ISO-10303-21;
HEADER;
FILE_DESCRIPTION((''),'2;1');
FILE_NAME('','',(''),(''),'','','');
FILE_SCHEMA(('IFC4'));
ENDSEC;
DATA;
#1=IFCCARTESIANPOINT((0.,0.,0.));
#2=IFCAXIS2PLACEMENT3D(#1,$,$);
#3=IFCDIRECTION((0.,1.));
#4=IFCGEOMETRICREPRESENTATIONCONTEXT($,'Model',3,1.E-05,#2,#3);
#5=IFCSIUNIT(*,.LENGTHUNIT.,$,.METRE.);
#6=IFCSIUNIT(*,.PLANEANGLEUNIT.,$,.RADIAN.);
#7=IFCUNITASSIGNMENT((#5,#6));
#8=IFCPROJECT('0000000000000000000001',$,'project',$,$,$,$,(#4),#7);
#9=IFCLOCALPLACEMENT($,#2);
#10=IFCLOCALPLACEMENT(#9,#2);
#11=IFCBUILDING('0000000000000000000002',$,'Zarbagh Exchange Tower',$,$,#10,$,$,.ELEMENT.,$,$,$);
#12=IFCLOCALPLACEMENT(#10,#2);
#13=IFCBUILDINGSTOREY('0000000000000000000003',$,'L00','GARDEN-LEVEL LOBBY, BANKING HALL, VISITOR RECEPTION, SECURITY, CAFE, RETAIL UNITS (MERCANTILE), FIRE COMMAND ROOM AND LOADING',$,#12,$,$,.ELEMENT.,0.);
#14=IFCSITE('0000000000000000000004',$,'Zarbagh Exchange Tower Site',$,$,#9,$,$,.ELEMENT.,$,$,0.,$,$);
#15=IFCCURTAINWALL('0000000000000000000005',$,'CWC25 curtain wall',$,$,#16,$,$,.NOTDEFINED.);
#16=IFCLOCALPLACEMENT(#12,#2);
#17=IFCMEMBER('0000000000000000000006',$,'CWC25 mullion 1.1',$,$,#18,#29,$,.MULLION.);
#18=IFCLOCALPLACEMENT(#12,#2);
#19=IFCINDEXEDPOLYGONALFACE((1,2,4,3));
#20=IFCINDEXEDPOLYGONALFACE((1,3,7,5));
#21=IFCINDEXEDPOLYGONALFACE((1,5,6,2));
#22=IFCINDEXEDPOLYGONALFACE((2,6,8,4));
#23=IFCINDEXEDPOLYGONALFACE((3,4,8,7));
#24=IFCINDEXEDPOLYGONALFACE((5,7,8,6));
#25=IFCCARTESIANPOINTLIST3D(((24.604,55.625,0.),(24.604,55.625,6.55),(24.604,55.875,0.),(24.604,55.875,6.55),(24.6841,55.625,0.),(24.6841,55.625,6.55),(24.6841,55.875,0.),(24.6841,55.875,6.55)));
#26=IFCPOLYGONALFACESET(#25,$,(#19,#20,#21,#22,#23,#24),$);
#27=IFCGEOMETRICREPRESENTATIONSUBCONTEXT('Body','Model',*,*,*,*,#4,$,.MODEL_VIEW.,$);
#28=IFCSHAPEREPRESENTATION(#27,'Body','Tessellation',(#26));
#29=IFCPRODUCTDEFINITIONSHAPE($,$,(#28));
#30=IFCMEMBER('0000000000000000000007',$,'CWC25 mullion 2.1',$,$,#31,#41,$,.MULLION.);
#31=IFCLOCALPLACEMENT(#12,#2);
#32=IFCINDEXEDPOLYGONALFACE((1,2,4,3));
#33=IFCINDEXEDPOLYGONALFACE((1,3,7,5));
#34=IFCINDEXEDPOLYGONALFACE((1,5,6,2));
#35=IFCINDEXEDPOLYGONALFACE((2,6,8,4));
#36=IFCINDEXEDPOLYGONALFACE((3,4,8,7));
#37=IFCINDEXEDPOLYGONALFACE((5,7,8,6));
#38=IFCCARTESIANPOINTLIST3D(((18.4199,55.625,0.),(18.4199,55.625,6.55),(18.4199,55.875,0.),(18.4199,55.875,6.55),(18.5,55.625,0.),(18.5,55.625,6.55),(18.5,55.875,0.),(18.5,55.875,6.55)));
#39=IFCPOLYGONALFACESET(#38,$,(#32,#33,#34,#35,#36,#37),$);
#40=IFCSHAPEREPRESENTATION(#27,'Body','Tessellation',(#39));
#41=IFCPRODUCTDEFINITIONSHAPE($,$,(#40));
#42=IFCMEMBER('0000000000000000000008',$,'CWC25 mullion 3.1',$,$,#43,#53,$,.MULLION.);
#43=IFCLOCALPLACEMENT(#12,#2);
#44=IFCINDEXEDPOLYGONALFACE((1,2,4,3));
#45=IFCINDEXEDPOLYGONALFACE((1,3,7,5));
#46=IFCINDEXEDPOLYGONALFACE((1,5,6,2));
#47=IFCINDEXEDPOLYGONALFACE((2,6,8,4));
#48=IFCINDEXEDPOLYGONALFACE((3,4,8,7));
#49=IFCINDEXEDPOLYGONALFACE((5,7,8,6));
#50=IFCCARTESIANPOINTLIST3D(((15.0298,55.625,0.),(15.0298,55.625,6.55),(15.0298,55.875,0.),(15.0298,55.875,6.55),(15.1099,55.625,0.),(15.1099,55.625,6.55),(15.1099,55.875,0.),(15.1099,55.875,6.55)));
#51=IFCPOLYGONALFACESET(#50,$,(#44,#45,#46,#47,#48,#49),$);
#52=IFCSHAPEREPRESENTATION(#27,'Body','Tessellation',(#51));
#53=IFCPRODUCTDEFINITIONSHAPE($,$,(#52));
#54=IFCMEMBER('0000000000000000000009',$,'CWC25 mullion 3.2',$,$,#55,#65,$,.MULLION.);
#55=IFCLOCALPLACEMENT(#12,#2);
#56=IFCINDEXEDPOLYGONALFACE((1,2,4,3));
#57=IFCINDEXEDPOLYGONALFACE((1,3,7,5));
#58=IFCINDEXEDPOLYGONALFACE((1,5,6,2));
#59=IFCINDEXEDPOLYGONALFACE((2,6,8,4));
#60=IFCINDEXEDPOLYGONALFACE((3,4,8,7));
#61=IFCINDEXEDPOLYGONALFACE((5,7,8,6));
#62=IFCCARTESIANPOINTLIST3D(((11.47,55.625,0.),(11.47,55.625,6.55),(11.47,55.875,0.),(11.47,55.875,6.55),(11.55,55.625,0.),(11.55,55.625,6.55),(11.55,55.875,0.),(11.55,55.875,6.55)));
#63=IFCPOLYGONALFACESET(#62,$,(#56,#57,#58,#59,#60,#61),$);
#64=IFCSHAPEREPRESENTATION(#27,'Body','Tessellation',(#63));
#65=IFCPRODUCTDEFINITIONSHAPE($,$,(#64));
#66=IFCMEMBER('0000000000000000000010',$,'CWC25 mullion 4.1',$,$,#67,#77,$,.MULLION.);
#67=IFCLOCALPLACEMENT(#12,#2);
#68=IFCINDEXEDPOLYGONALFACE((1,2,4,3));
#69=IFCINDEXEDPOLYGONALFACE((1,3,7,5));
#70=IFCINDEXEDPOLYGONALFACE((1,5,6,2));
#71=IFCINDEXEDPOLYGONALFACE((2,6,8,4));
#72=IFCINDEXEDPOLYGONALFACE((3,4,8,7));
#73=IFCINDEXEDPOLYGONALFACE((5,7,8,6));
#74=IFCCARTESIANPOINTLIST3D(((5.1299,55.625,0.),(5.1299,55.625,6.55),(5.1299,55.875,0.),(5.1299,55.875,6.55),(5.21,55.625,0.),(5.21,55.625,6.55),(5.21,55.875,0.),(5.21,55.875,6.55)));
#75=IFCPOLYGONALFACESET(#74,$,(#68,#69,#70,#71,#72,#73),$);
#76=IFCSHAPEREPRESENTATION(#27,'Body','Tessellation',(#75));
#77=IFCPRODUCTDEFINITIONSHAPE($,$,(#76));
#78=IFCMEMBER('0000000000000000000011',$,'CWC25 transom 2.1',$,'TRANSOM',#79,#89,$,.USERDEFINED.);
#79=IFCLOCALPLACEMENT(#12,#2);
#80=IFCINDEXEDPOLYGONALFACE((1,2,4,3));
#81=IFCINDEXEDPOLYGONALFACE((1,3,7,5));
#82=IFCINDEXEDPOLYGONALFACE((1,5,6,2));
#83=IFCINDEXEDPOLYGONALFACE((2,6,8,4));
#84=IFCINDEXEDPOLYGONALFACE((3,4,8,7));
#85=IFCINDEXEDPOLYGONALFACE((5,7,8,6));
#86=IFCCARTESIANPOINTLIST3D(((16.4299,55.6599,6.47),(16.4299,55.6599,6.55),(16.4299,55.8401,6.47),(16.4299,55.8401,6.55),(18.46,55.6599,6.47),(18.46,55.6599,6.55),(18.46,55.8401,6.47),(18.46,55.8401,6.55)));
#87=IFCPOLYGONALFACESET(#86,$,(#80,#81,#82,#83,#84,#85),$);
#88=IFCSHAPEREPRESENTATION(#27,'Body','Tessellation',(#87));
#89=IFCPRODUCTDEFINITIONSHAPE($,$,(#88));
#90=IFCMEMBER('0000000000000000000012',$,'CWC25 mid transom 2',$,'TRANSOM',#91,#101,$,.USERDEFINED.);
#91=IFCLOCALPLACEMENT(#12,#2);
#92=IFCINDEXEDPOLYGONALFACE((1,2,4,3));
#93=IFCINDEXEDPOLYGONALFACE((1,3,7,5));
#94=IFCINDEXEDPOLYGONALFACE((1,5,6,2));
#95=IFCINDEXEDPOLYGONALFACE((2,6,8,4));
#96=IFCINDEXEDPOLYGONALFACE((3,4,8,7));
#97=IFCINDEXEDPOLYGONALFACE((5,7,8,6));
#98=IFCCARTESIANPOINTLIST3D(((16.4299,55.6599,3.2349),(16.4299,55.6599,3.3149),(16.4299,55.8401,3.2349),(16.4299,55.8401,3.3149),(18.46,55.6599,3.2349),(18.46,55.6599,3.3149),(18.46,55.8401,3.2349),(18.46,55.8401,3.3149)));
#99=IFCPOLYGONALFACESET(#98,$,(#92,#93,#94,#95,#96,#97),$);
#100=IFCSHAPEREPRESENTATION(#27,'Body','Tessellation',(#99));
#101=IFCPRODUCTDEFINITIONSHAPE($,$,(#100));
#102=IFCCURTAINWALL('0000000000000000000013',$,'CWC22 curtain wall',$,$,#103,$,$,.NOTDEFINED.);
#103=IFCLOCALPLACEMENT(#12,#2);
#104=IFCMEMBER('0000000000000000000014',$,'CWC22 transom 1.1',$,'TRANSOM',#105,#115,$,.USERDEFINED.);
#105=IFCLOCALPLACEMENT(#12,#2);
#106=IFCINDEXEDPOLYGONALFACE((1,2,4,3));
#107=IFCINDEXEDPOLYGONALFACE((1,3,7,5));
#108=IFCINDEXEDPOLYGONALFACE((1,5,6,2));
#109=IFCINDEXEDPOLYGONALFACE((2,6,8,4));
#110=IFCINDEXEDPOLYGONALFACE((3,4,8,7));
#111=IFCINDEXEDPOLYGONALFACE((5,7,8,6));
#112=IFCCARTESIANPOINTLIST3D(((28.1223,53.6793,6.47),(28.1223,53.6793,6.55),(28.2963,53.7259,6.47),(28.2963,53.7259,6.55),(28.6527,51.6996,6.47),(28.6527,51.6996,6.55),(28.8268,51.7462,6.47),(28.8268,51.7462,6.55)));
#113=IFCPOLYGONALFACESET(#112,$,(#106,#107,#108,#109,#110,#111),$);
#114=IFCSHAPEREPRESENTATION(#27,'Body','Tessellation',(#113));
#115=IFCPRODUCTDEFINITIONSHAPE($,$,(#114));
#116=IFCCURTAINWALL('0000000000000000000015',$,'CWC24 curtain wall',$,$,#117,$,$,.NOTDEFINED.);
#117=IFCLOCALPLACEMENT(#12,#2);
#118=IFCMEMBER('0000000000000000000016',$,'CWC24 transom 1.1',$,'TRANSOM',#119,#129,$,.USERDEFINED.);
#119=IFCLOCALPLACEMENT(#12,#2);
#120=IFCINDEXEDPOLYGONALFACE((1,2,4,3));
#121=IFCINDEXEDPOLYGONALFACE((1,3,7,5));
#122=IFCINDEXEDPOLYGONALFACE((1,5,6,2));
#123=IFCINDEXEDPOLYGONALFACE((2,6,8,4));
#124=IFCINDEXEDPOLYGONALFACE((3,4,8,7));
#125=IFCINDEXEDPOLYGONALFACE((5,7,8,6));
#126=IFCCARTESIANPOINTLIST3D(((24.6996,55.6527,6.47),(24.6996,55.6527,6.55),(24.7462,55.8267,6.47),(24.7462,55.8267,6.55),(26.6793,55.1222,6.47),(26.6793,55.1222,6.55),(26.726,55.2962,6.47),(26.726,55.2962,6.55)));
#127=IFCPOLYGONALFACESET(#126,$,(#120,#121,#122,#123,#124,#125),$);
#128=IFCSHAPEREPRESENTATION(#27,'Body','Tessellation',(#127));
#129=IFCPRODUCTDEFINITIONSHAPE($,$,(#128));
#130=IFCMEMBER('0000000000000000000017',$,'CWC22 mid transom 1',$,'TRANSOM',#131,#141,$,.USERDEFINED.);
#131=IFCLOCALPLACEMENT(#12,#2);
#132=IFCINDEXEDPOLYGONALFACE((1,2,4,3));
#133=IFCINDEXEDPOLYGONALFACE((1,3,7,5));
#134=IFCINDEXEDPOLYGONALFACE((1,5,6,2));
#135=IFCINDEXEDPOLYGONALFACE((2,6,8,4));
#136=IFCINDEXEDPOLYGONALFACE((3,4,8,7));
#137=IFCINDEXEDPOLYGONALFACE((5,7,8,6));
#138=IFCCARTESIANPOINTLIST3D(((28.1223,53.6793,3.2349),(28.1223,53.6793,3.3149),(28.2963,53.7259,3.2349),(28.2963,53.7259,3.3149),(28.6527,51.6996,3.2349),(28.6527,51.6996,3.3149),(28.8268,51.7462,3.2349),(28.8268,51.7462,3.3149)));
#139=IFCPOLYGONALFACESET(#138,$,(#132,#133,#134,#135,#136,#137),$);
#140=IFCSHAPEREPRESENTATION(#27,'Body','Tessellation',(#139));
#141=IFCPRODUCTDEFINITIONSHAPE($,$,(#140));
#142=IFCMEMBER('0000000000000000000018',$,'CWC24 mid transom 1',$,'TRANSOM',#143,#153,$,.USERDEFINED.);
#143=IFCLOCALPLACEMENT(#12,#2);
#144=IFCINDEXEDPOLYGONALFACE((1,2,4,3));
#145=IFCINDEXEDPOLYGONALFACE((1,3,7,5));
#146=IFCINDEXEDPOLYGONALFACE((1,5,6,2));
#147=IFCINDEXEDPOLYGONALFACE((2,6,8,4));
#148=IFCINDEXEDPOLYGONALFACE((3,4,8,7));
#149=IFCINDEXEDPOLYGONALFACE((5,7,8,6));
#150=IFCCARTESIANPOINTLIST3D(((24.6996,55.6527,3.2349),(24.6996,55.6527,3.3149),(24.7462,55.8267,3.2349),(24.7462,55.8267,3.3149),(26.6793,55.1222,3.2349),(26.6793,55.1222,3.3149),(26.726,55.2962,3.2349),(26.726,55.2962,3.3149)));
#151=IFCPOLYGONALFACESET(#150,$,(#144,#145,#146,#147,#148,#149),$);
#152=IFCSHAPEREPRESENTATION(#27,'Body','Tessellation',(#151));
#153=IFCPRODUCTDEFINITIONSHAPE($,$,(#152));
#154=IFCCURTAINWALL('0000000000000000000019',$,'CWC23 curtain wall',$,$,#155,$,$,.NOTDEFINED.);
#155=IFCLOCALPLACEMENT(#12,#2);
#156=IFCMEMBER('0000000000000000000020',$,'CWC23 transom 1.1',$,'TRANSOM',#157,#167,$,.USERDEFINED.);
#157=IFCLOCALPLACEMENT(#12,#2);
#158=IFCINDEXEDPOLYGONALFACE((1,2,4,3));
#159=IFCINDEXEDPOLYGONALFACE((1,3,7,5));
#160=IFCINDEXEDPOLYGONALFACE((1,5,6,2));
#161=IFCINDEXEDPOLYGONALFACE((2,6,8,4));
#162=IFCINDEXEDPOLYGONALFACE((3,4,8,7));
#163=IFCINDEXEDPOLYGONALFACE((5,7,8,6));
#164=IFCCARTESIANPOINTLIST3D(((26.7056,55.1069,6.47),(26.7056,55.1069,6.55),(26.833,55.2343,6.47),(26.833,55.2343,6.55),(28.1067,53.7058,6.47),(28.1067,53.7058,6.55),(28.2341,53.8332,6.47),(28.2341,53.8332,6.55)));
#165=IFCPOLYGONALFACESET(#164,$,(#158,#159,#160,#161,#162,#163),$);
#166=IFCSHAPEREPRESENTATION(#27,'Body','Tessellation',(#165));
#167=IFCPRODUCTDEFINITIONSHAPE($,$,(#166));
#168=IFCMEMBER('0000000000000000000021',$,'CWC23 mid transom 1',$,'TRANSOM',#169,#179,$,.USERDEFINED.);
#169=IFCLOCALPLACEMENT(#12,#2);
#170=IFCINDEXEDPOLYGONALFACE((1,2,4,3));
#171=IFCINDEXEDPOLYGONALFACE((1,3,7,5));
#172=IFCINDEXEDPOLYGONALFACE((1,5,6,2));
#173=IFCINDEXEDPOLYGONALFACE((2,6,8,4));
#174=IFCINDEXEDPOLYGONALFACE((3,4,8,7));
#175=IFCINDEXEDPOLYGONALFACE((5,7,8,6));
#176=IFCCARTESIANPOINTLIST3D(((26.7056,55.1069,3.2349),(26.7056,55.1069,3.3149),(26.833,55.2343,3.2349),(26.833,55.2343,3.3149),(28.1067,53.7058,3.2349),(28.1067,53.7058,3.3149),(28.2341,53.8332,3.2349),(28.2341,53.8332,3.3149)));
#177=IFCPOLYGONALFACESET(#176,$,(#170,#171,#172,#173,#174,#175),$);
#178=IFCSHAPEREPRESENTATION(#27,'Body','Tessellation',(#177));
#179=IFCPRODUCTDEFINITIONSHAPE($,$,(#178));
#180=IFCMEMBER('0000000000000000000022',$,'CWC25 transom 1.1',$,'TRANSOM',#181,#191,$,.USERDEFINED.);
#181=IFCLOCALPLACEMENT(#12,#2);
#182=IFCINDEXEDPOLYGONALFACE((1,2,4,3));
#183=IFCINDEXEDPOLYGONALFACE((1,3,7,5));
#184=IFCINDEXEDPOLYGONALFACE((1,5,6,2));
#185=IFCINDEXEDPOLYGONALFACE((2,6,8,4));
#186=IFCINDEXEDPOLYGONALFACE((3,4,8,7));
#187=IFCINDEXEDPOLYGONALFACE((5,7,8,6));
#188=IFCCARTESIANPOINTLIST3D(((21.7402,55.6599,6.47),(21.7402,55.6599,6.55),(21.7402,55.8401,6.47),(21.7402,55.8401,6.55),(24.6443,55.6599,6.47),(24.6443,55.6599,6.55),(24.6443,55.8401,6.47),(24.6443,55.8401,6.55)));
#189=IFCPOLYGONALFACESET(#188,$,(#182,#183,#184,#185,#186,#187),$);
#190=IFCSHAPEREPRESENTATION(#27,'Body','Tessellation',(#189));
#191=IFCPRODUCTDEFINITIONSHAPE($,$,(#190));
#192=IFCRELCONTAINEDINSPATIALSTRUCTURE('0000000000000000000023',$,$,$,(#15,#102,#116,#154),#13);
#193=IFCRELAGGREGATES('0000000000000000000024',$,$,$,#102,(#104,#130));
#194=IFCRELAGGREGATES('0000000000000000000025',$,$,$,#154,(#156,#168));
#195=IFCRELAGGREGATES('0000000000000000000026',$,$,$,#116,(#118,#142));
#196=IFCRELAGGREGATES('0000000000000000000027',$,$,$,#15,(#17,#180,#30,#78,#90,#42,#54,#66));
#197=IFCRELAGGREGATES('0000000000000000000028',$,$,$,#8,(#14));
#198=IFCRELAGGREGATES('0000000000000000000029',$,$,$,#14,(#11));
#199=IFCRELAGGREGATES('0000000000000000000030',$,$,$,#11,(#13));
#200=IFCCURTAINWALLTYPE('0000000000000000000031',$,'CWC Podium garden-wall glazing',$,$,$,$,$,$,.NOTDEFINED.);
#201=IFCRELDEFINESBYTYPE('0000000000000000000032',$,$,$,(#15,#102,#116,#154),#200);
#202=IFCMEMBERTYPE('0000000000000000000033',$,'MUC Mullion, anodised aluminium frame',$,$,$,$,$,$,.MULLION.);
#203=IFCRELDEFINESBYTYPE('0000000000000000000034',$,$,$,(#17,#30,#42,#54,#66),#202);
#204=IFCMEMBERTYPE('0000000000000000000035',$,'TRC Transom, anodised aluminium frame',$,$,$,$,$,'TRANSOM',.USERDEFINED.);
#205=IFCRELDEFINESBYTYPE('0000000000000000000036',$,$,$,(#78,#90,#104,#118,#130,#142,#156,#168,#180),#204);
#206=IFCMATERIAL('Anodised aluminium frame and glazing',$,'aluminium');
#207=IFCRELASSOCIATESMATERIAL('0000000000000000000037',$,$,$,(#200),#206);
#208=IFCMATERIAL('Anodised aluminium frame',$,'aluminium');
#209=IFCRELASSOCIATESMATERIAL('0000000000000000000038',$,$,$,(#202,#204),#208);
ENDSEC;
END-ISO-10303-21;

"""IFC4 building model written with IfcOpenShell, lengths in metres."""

from ifc_helpers import new_model, si_unit, direction, origin, place, context, subcontext, project, spatial, polyline, outline, extrude, source, transform, mapped, material, type_object, element, aggregate, save


model = new_model("IFC4")

# Units and contexts
model_context = context("Model", 3, precision=1e-05, world=origin(), true_north=direction((0.0, 1.0)))
body_context = subcontext(model_context, "Body", "Model", "MODEL_VIEW")
ifc_project = project(units=[si_unit("LENGTHUNIT", "METRE"), si_unit("PLANEANGLEUNIT", "RADIAN")], contexts=[model_context])

# Site, building, storey
site_placement = place(None, origin())
site = spatial("IfcSite", under=ifc_project, at=site_placement, Name="Zarbagh Exchange Tower Site", CompositionType="ELEMENT", RefElevation=0.0)
building_placement = place(site_placement, origin())
building = spatial("IfcBuilding", under=site, at=building_placement, Name="Zarbagh Exchange Tower", CompositionType="ELEMENT")
storey_placement = place(building_placement, origin())
storey = spatial("IfcBuildingStorey", under=building, at=storey_placement, Name="L00", Description="GARDEN-LEVEL LOBBY, BANKING HALL, VISITOR RECEPTION, SECURITY, CAFE, RETAIL UNITS (MERCANTILE), FIRE COMMAND ROOM AND LOADING", CompositionType="ELEMENT", Elevation=0.0)

# Curtain wall, members
ifc_material_1 = material(Name="Anodised aluminium frame and glazing", Category="aluminium")
curtain_wall_type = type_object("IfcCurtainWallType", Name="CWC Podium garden-wall glazing", PredefinedType="NOTDEFINED", material=ifc_material_1)
curtain_wall_1_placement = place(storey_placement, origin())
curtain_wall_1 = element("IfcCurtainWall", 1, at=curtain_wall_1_placement, inside=storey, type_object=curtain_wall_type, Name="CWC25 curtain wall", PredefinedType="NOTDEFINED")
ifc_material_2 = material(Name="Anodised aluminium frame", Category="aluminium")
member_type_1 = type_object("IfcMemberType", Name="MUC Mullion, anodised aluminium frame", PredefinedType="MULLION", material=ifc_material_2)
shared_shape_1 = source(origin(), body_context, "Body", "SweptSolid", [
    extrude(outline(polyline([(0.0, -0.125), (0.0801, -0.125), (0.0801, 0.125), (0.0, 0.125), (0.0, -0.125)])), origin(), (0.0, 0.0, 1.0), 6.55),
])
placement = place(storey_placement, origin())
member_1 = element("IfcMember", 2, at=placement, type_object=member_type_1, Name="CWC25 mullion 1.1", PredefinedType="MULLION", context=body_context, shape_type="MappedRepresentation", body=[
    mapped(shared_shape_1, transform((24.6841, 55.75, 0.0), x_axis=(-1.0, 0.0, 0.0), y_axis=(0.0, -1.0, 0.0), z_axis=(0.0, 0.0, 1.0))),
])
member_2 = element("IfcMember", 3, at=placement, type_object=member_type_1, Name="CWC25 mullion 2.1", PredefinedType="MULLION", context=body_context, shape_type="MappedRepresentation", body=[
    mapped(shared_shape_1, transform((18.5, 55.75, 0.0), x_axis=(-1.0, 0.0, 0.0), y_axis=(0.0, -1.0, 0.0), z_axis=(0.0, 0.0, 1.0))),
])
member_3 = element("IfcMember", 4, at=placement, type_object=member_type_1, Name="CWC25 mullion 3.1", PredefinedType="MULLION", context=body_context, shape_type="MappedRepresentation", body=[
    mapped(shared_shape_1, transform((15.1099, 55.75, 0.0), x_axis=(-1.0, 0.0, 0.0), y_axis=(0.0, -1.0, 0.0), z_axis=(0.0, 0.0, 1.0))),
])
member_4 = element("IfcMember", 5, at=placement, type_object=member_type_1, Name="CWC25 mullion 3.2", PredefinedType="MULLION", context=body_context, shape_type="MappedRepresentation", body=[
    mapped(shared_shape_1, transform((11.55, 55.75, 0.0), x_axis=(-1.0, 0.0, 0.0), y_axis=(0.0, -1.0, 0.0), z_axis=(0.0, 0.0, 1.0))),
])
member_5 = element("IfcMember", 6, at=placement, type_object=member_type_1, Name="CWC25 mullion 4.1", PredefinedType="MULLION", context=body_context, shape_type="MappedRepresentation", body=[
    mapped(shared_shape_1, transform((5.21, 55.75, 0.0), x_axis=(-1.0, 0.0, 0.0), y_axis=(0.0, -1.0, 0.0), z_axis=(0.0, 0.0, 1.0))),
])
member_type_2 = type_object("IfcMemberType", Name="TRC Transom, anodised aluminium frame", ElementType="TRANSOM", PredefinedType="USERDEFINED", material=ifc_material_2)
shared_shape_2 = source(origin(), body_context, "Body", "SweptSolid", [
    extrude(outline(polyline([(-0.0801, -0.0901), (0.0, -0.0901), (0.0, 0.0901), (-0.0801, 0.0901), (-0.0801, -0.0901)])), origin(), (0.0, 0.0, 1.0), 2.03),
])
member_6 = element("IfcMember", 7, at=placement, type_object=member_type_2, Name="CWC25 transom 2.1", ObjectType="TRANSOM", PredefinedType="USERDEFINED", context=body_context, shape_type="MappedRepresentation", body=[
    mapped(shared_shape_2, transform((18.46, 55.75, 6.55), x_axis=(0.0, 0.0, 1.0), y_axis=(0.0, 1.0, 0.0), z_axis=(-1.0, 0.0, 0.0))),
])
shared_shape_3 = source(origin(), body_context, "Body", "SweptSolid", [
    extrude(outline(polyline([(-0.04, -0.0901), (0.04, -0.0901), (0.04, 0.0901), (-0.04, 0.0901), (-0.04, -0.0901)])), origin(), (0.0, 0.0, 1.0), 2.03),
])
member_7 = element("IfcMember", 8, at=placement, type_object=member_type_2, Name="CWC25 mid transom 2", ObjectType="TRANSOM", PredefinedType="USERDEFINED", context=body_context, shape_type="MappedRepresentation", body=[
    mapped(shared_shape_3, transform((18.46, 55.75, 3.2749), x_axis=(0.0, 0.0, 1.0), y_axis=(0.0, 1.0, 0.0), z_axis=(-1.0, 0.0, 0.0))),
])

# Curtain walls, members
curtain_wall_2_placement = place(storey_placement, origin())
curtain_wall_2 = element("IfcCurtainWall", 9, at=curtain_wall_2_placement, inside=storey, type_object=curtain_wall_type, Name="CWC22 curtain wall", PredefinedType="NOTDEFINED")
shared_shape_4 = source(origin(), body_context, "Body", "SweptSolid", [
    extrude(outline(polyline([(-0.0801, -0.0901), (0.0, -0.0901), (0.0, 0.0901), (-0.0801, 0.0901), (-0.0801, -0.0901)])), origin(), (0.0, 0.0, 1.0), 2.0496),
])
member_8 = element("IfcMember", 10, at=placement, type_object=member_type_2, Name="CWC22 transom 1.1", ObjectType="TRANSOM", PredefinedType="USERDEFINED", context=body_context, shape_type="MappedRepresentation", body=[
    mapped(shared_shape_4, transform((28.7397, 51.7229, 6.55), x_axis=(0.0, 0.0, 1.0), y_axis=(0.965924, 0.258825, 0.0), z_axis=(-0.258825, 0.965924, 0.0))),
])
curtain_wall_3_placement = place(storey_placement, origin())
curtain_wall_3 = element("IfcCurtainWall", 11, at=curtain_wall_3_placement, inside=storey, type_object=curtain_wall_type, Name="CWC24 curtain wall", PredefinedType="NOTDEFINED")
member_9 = element("IfcMember", 12, at=placement, type_object=member_type_2, Name="CWC24 transom 1.1", ObjectType="TRANSOM", PredefinedType="USERDEFINED", context=body_context, shape_type="MappedRepresentation", body=[
    mapped(shared_shape_4, transform((26.7026, 55.2092, 6.55), x_axis=(0.0, 0.0, 1.0), y_axis=(0.258825, 0.965924, 0.0), z_axis=(-0.965924, 0.258825, 0.0))),
])

# Members
shared_shape_5 = source(origin(), body_context, "Body", "SweptSolid", [
    extrude(outline(polyline([(-0.04, -0.0901), (0.04, -0.0901), (0.04, 0.0901), (-0.04, 0.0901), (-0.04, -0.0901)])), origin(), (0.0, 0.0, 1.0), 2.0496),
])
member_10 = element("IfcMember", 13, at=placement, type_object=member_type_2, Name="CWC22 mid transom 1", ObjectType="TRANSOM", PredefinedType="USERDEFINED", context=body_context, shape_type="MappedRepresentation", body=[
    mapped(shared_shape_5, transform((28.7397, 51.7229, 3.2749), x_axis=(0.0, 0.0, 1.0), y_axis=(0.965924, 0.258825, 0.0), z_axis=(-0.258825, 0.965924, 0.0))),
])
member_11 = element("IfcMember", 14, at=placement, type_object=member_type_2, Name="CWC24 mid transom 1", ObjectType="TRANSOM", PredefinedType="USERDEFINED", context=body_context, shape_type="MappedRepresentation", body=[
    mapped(shared_shape_5, transform((26.7026, 55.2092, 3.2749), x_axis=(0.0, 0.0, 1.0), y_axis=(0.258825, 0.965924, 0.0), z_axis=(-0.965924, 0.258825, 0.0))),
])

# Curtain wall, members
curtain_wall_4_placement = place(storey_placement, origin())
curtain_wall_4 = element("IfcCurtainWall", 15, at=curtain_wall_4_placement, inside=storey, type_object=curtain_wall_type, Name="CWC23 curtain wall", PredefinedType="NOTDEFINED")
shared_shape_6 = source(origin(), body_context, "Body", "SweptSolid", [
    extrude(outline(polyline([(-0.0801, -0.0901), (0.0, -0.0901), (0.0, 0.0901), (-0.0801, 0.0901), (-0.0801, -0.0901)])), origin(), (0.0, 0.0, 1.0), 1.9814),
])
member_12 = element("IfcMember", 16, at=placement, type_object=member_type_2, Name="CWC23 transom 1.1", ObjectType="TRANSOM", PredefinedType="USERDEFINED", context=body_context, shape_type="MappedRepresentation", body=[
    mapped(shared_shape_6, transform((28.1704, 53.7695, 6.55), x_axis=(0.0, 0.0, 1.0), y_axis=(0.707107, 0.707107, 0.0), z_axis=(-0.707107, 0.707107, 0.0))),
])
shared_shape_7 = source(origin(), body_context, "Body", "SweptSolid", [
    extrude(outline(polyline([(-0.04, -0.0901), (0.04, -0.0901), (0.04, 0.0901), (-0.04, 0.0901), (-0.04, -0.0901)])), origin(), (0.0, 0.0, 1.0), 1.9814),
])
member_13 = element("IfcMember", 17, at=placement, type_object=member_type_2, Name="CWC23 mid transom 1", ObjectType="TRANSOM", PredefinedType="USERDEFINED", context=body_context, shape_type="MappedRepresentation", body=[
    mapped(shared_shape_7, transform((28.1704, 53.7695, 3.2749), x_axis=(0.0, 0.0, 1.0), y_axis=(0.707107, 0.707107, 0.0), z_axis=(-0.707107, 0.707107, 0.0))),
])

# Member
shared_shape_8 = source(origin(), body_context, "Body", "SweptSolid", [
    extrude(outline(polyline([(-0.0801, -0.0901), (0.0, -0.0901), (0.0, 0.0901), (-0.0801, 0.0901), (-0.0801, -0.0901)])), origin(), (0.0, 0.0, 1.0), 2.9041),
])
member_14 = element("IfcMember", 18, at=placement, type_object=member_type_2, Name="CWC25 transom 1.1", ObjectType="TRANSOM", PredefinedType="USERDEFINED", context=body_context, shape_type="MappedRepresentation", body=[
    mapped(shared_shape_8, transform((24.6443, 55.75, 6.55), x_axis=(0.0, 0.0, 1.0), y_axis=(0.0, 1.0, 0.0), z_axis=(-1.0, 0.0, 0.0))),
])

aggregate(curtain_wall_2, [member_8, member_10])
aggregate(curtain_wall_4, [member_12, member_13])
aggregate(curtain_wall_3, [member_9, member_11])
aggregate(curtain_wall_1, [member_1, member_14, member_2, member_6, member_7, member_3, member_4, member_5])

save(model, "model.ifc")
